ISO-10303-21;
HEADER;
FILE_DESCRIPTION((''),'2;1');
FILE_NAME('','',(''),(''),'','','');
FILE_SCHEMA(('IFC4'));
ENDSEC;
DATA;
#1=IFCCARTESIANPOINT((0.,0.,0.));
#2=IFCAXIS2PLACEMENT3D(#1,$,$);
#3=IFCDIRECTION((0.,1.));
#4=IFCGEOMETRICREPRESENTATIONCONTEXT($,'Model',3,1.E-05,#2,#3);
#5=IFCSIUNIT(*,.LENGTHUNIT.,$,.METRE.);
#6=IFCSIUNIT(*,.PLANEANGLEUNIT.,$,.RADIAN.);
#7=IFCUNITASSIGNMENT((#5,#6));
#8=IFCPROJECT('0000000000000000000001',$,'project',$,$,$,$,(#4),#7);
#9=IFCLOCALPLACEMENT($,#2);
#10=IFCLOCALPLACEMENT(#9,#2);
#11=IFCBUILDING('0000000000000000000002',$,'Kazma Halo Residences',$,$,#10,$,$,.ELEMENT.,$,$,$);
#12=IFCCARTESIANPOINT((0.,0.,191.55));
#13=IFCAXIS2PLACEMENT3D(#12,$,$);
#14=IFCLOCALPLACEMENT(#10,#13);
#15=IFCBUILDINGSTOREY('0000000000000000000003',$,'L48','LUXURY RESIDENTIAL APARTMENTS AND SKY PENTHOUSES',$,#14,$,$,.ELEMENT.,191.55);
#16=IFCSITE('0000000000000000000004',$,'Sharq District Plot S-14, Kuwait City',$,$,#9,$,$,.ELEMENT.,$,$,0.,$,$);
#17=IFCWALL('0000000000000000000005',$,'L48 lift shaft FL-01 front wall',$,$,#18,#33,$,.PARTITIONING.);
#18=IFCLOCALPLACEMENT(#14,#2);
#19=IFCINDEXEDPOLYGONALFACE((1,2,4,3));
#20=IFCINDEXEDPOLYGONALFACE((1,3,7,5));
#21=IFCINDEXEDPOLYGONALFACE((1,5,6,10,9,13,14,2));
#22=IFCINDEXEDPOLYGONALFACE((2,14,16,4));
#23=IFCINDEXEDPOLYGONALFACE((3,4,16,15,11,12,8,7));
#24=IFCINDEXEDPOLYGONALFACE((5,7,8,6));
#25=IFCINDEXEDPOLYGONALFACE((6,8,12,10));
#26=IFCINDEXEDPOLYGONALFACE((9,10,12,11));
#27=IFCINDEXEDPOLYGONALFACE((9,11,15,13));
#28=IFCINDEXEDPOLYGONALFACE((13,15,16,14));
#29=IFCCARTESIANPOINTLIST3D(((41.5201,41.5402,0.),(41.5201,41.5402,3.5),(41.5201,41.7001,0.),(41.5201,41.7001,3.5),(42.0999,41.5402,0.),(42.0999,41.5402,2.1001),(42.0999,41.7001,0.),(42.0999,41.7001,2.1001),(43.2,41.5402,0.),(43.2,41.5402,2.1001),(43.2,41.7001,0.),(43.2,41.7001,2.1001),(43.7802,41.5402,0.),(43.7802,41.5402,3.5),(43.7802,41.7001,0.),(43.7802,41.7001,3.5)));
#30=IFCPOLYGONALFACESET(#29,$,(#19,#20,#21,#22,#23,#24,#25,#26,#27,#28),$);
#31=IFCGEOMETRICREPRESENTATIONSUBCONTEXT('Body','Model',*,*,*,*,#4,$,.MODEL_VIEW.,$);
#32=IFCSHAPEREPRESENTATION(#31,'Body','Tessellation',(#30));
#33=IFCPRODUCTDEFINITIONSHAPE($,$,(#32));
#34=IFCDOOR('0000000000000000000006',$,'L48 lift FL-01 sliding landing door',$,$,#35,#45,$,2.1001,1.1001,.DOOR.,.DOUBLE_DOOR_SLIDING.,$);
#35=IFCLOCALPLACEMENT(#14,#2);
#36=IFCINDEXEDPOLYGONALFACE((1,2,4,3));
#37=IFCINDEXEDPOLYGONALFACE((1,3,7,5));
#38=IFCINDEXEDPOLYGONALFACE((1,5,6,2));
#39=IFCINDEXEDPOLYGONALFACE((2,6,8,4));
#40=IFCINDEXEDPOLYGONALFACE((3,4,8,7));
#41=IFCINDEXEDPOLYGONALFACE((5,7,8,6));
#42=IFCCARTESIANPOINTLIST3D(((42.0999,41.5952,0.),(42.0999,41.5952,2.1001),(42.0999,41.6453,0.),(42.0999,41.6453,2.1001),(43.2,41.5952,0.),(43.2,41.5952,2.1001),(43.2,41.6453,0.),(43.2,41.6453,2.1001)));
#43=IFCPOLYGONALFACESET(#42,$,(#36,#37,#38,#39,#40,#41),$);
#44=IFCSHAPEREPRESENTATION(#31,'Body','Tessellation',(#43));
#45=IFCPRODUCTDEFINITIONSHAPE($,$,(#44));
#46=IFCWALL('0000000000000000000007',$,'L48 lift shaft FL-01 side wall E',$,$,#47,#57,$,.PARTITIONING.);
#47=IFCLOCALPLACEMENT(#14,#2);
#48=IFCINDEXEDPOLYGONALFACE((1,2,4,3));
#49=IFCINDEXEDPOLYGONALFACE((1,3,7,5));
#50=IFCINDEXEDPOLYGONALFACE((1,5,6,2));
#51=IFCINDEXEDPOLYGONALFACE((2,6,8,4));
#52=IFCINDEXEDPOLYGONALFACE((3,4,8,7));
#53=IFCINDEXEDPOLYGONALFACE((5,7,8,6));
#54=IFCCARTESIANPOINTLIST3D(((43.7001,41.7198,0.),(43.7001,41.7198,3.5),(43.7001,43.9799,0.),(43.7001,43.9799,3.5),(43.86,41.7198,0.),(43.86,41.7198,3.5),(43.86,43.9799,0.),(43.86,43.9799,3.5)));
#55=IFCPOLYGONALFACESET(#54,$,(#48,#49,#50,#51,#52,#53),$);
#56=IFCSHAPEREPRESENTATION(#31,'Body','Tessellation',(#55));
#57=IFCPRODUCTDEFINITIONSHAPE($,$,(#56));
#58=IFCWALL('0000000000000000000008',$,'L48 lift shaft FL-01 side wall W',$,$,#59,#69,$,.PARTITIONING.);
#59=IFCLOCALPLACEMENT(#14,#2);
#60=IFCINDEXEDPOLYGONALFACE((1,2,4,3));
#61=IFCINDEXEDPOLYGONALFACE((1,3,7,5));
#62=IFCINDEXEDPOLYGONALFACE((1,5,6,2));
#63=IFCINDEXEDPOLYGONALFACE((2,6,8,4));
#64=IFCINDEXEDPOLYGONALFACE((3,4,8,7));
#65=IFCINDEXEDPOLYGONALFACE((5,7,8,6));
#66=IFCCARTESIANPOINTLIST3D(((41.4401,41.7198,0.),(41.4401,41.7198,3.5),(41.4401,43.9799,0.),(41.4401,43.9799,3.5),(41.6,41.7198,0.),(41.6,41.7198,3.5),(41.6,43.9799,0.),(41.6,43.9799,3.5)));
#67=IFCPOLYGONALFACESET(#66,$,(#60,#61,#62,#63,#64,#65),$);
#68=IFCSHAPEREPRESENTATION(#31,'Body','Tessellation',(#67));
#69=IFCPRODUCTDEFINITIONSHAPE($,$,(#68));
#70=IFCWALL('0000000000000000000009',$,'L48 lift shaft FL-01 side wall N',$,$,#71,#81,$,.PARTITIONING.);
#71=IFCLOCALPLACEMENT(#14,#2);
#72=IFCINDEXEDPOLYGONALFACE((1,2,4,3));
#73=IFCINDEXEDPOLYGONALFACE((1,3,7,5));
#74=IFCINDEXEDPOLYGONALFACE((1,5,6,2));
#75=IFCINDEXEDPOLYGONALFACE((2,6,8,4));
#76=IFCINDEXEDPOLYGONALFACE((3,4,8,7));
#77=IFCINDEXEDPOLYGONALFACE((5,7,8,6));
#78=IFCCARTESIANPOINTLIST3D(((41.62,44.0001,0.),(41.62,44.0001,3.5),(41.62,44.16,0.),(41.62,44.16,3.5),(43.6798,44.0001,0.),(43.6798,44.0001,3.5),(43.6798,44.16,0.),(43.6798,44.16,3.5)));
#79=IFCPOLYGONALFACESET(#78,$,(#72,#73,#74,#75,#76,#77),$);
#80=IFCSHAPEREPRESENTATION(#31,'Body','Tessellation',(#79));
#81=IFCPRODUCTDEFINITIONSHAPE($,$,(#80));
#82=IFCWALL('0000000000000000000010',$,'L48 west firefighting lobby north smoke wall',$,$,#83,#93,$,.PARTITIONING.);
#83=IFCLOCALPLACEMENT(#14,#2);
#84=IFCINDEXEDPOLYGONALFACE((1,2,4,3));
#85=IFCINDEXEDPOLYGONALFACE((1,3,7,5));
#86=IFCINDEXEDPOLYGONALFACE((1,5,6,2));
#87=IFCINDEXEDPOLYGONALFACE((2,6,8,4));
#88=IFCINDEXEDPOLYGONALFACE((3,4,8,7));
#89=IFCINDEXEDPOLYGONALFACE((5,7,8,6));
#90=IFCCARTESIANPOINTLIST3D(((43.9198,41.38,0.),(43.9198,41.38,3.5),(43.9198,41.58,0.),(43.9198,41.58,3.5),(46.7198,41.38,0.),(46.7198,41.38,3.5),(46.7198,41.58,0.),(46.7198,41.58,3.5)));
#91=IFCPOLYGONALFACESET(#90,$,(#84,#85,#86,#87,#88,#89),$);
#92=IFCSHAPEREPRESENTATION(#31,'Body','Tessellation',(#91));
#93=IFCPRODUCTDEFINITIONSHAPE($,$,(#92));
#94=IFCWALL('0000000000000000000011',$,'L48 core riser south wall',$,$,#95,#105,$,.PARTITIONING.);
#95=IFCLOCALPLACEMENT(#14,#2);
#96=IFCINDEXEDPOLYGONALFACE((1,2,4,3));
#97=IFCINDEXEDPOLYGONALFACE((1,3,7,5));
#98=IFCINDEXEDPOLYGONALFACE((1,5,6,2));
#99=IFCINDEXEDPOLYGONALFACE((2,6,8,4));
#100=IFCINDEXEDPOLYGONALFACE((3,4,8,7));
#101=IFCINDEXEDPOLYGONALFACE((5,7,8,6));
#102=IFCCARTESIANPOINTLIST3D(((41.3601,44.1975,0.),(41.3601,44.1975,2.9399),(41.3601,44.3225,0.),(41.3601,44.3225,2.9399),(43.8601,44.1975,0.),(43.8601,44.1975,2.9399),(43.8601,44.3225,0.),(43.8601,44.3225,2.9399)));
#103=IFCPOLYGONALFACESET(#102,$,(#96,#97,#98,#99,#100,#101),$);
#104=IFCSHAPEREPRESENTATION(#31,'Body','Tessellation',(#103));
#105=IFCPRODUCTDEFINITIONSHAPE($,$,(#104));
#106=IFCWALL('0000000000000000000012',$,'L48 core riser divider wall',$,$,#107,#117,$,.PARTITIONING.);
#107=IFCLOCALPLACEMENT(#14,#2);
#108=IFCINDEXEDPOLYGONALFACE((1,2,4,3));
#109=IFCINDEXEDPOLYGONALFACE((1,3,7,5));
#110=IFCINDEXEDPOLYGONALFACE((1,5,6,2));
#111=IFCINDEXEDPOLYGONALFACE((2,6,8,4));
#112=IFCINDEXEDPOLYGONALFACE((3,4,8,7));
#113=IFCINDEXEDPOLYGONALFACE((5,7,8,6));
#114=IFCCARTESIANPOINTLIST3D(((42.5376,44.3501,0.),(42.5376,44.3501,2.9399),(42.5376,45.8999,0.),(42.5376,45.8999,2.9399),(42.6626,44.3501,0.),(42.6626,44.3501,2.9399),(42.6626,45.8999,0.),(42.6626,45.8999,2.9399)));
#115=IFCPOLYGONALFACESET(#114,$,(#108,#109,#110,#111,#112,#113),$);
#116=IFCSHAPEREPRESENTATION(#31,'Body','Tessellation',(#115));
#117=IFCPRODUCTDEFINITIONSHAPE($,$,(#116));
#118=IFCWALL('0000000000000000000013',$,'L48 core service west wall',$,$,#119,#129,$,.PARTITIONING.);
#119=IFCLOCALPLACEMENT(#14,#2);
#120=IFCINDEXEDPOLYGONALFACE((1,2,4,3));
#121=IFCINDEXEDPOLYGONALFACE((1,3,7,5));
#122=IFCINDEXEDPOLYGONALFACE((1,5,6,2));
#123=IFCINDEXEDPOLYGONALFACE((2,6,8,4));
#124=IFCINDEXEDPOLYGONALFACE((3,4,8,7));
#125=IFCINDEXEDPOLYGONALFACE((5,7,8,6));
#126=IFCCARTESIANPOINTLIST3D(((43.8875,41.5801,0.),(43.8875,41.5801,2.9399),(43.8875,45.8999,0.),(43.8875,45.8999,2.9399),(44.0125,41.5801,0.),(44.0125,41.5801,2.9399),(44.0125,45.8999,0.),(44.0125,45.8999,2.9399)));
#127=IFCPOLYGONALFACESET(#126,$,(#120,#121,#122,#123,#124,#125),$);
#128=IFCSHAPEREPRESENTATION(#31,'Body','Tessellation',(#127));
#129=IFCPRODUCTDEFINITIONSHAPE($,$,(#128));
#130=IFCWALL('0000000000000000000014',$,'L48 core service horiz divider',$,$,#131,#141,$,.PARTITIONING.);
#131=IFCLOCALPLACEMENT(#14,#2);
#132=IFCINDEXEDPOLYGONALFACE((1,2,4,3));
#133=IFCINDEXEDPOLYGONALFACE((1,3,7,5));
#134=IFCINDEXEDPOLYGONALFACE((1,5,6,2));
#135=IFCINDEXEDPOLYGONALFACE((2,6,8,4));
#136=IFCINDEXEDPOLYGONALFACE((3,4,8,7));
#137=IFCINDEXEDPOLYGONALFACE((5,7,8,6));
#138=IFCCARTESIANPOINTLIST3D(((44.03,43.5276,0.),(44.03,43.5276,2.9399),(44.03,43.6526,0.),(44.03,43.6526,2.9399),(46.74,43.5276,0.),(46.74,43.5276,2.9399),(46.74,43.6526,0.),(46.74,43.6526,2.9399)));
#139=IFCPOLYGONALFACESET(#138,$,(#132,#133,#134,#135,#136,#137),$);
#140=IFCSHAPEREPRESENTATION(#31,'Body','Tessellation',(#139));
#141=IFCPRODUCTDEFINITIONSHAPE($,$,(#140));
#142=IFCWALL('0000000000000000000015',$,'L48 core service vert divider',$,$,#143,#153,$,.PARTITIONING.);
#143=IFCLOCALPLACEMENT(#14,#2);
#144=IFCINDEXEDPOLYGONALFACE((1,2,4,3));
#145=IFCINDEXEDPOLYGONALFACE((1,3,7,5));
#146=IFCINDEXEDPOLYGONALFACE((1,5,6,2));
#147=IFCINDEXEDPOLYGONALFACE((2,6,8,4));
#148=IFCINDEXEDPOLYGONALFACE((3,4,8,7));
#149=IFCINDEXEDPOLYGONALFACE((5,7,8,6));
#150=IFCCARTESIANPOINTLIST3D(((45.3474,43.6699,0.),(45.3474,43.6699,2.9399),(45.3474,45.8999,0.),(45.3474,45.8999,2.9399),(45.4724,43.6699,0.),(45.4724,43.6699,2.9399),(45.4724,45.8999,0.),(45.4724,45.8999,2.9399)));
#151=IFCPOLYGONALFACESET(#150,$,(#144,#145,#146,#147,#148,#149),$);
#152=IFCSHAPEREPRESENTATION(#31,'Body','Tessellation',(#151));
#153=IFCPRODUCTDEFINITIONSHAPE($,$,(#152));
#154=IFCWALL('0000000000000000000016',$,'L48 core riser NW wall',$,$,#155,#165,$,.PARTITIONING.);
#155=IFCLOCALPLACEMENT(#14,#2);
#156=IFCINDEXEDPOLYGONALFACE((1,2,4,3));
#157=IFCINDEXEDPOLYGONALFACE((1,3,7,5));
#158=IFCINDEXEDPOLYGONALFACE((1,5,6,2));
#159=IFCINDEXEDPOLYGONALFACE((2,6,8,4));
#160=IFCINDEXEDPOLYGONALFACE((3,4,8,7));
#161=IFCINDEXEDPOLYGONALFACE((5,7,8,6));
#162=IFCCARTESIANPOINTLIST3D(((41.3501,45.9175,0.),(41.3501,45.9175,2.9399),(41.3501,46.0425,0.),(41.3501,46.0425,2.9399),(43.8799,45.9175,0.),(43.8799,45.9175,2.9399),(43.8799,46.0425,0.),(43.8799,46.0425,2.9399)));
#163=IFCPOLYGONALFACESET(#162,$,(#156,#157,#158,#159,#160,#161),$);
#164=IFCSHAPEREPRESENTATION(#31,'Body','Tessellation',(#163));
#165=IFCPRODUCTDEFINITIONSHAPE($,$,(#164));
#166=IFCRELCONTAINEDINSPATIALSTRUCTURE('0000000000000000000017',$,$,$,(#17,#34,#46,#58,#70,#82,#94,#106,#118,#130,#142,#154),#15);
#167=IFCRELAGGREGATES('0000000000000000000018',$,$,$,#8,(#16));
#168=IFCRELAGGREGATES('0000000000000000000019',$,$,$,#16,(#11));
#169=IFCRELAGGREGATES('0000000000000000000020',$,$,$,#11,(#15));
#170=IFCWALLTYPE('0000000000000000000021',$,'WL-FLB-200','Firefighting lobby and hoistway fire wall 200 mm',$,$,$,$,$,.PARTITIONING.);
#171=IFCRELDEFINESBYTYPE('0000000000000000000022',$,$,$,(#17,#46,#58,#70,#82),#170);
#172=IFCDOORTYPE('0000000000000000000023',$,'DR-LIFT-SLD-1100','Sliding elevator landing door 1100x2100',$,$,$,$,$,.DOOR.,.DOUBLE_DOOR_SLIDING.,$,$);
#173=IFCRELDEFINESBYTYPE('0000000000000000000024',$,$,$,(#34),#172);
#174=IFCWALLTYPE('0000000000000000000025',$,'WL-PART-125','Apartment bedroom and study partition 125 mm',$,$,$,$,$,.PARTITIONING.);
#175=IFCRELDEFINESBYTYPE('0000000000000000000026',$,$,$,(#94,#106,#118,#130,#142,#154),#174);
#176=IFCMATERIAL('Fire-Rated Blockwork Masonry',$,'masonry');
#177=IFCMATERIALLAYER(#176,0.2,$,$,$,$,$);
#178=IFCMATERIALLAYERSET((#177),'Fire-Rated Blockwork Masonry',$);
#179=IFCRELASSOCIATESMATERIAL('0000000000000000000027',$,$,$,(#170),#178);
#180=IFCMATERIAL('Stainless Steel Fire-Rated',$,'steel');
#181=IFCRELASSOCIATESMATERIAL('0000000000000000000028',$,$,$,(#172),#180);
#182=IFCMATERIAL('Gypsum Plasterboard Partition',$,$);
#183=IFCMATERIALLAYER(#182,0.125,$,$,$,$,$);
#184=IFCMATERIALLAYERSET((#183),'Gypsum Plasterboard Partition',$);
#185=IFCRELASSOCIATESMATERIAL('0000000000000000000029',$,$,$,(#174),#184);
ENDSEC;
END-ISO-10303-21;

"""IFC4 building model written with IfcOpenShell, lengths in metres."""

from ifc_helpers import new_model, si_unit, direction, frame, frame_2d, origin, place, context, subcontext, project, spatial, rectangle, extrude, material, layer, layer_set, type_object, element, fill, save


model = new_model("IFC4")

# Units and contexts
model_context = context("Model", 3, precision=1e-05, world=origin(), true_north=direction((0.0, 1.0)))
body_context = subcontext(model_context, "Body", "Model", "MODEL_VIEW")
ifc_project = project(units=[si_unit("LENGTHUNIT", "METRE"), si_unit("PLANEANGLEUNIT", "RADIAN")], contexts=[model_context])

# Site, building, storey
site_placement = place(None, origin())
site = spatial("IfcSite", under=ifc_project, at=site_placement, Name="Sharq District Plot S-14, Kuwait City", CompositionType="ELEMENT", RefElevation=0.0)
building_placement = place(site_placement, origin())
building = spatial("IfcBuilding", under=site, at=building_placement, Name="Kazma Halo Residences", CompositionType="ELEMENT")
storey_placement = place(building_placement, frame((0.0, 0.0, 191.55)))
storey = spatial("IfcBuildingStorey", under=building, at=storey_placement, Name="L48", Description="LUXURY RESIDENTIAL APARTMENTS AND SKY PENTHOUSES", CompositionType="ELEMENT", Elevation=191.55)

# Wall, opening, door
ifc_material_1 = material(Name="Fire-Rated Blockwork Masonry", Category="masonry")
ifc_layer_1 = layer(ifc_material_1, 0.2)
ifc_layer_set_1 = layer_set([ifc_layer_1], Name="Fire-Rated Blockwork Masonry")
wall_type_1 = type_object("IfcWallType", Name="WL-FLB-200", Description="Firefighting lobby and hoistway fire wall 200 mm", PredefinedType="PARTITIONING", material=ifc_layer_set_1)
ifc_material_2 = material(Name="Stainless Steel Fire-Rated", Category="steel")
door_type_1 = type_object("IfcDoorType", Name="DR-LIFT-SLD-1100", Description="Sliding elevator landing door 1100x2100", OperationType="DOUBLE_DOOR_SLIDING", PredefinedType="DOOR", material=ifc_material_2)
wall_1_placement = place(storey_placement, frame((43.78, 41.6201, 0.0), z_axis=(0.0, 0.0, 1.0), x_axis=(-1.0, 0.0, 0.0)))
wall_1 = element("IfcWall", 1, at=wall_1_placement, inside=storey, type_object=wall_type_1, Name="L48 lift shaft FL-01 front wall", PredefinedType="PARTITIONING", context=body_context, shape_type="SweptSolid", body=[
    extrude(rectangle(XDim=2.26, YDim=0.1599, at=frame_2d((1.1299, 0.0))), origin(), (0.0, 0.0, 1.0), 3.5),
])
opening_1_placement = place(wall_1_placement, frame((0.5801, 0.0, 0.0)))
opening_1 = element("IfcOpeningElement", 2, at=opening_1_placement, cuts=wall_1, PredefinedType="OPENING", context=body_context, shape_type="SweptSolid", body=[
    extrude(rectangle(XDim=1.1001, YDim=2.1001, at=frame_2d((0.55, 1.05))), frame((0.0, 0.0898, 0.0), z_axis=(0.0, -1.0, 0.0), x_axis=(1.0, 0.0, 0.0)), (0.0, 0.0, 1.0), 0.1799),
])
door_1_placement = place(opening_1_placement, origin())
door_1 = element("IfcDoor", 3, at=door_1_placement, inside=storey, type_object=door_type_1, Name="L48 lift FL-01 sliding landing door", OperationType="DOUBLE_DOOR_SLIDING", OverallHeight=2.1001, OverallWidth=1.1001, PredefinedType="DOOR", context=body_context, shape_type="SweptSolid", body=[
    extrude(rectangle(XDim=1.1001, YDim=2.1001, at=frame_2d((0.55, 1.05))), frame((0.0, 0.0249, 0.0), z_axis=(0.0, -1.0, 0.0), x_axis=(1.0, 0.0, 0.0)), (0.0, 0.0, 1.0), 0.05),
])
fill(opening_1, door_1)

# Walls
for number, where, z_axis, x_axis, name in (
    (4, (43.78, 41.72, 0.0), (0.0, 0.0, 1.0), (0.0, 1.0, 0.0), "L48 lift shaft FL-01 side wall E"),
    (5, (41.52, 41.72, 0.0), (0.0, 0.0, 1.0), (0.0, 1.0, 0.0), "L48 lift shaft FL-01 side wall W"),
):
    element("IfcWall", number, at=place(storey_placement, frame(where, z_axis=z_axis, x_axis=x_axis)), inside=storey, type_object=wall_type_1, Name=name, PredefinedType="PARTITIONING", context=body_context, shape_type="SweptSolid", body=[
        extrude(rectangle(XDim=2.26, YDim=0.1599, at=frame_2d((1.1299, 0.0))), origin(), (0.0, 0.0, 1.0), 3.5),
    ])
wall_2_placement = place(storey_placement, frame((41.6201, 44.0801, 0.0), z_axis=(0.0, 0.0, 1.0), x_axis=(1.0, 0.0, 0.0)))
element("IfcWall", 6, at=wall_2_placement, inside=storey, type_object=wall_type_1, Name="L48 lift shaft FL-01 side wall N", PredefinedType="PARTITIONING", context=body_context, shape_type="SweptSolid", body=[
    extrude(rectangle(XDim=2.0598, YDim=0.1599, at=frame_2d((1.0298, 0.0))), origin(), (0.0, 0.0, 1.0), 3.5),
])
wall_3_placement = place(storey_placement, frame((43.9199, 41.48, 0.0), z_axis=(0.0, 0.0, 1.0), x_axis=(1.0, 0.0, 0.0)))
element("IfcWall", 7, at=wall_3_placement, inside=storey, type_object=wall_type_1, Name="L48 west firefighting lobby north smoke wall", PredefinedType="PARTITIONING", context=body_context, shape_type="SweptSolid", body=[
    extrude(rectangle(XDim=2.8, YDim=0.2, at=frame_2d((1.3999, 0.0))), origin(), (0.0, 0.0, 1.0), 3.5),
])
ifc_material_3 = material(Name="Gypsum Plasterboard Partition")
ifc_layer_2 = layer(ifc_material_3, 0.125)
ifc_layer_set_2 = layer_set([ifc_layer_2], Name="Gypsum Plasterboard Partition")
wall_type_2 = type_object("IfcWallType", Name="WL-PART-125", Description="Apartment bedroom and study partition 125 mm", PredefinedType="PARTITIONING", material=ifc_layer_set_2)
wall_4_placement = place(storey_placement, frame((41.3601, 44.26, 0.0), z_axis=(0.0, 0.0, 1.0), x_axis=(1.0, 0.0, 0.0)))
element("IfcWall", 8, at=wall_4_placement, inside=storey, type_object=wall_type_2, Name="L48 core riser south wall", PredefinedType="PARTITIONING", context=body_context, shape_type="SweptSolid", body=[
    extrude(rectangle(XDim=2.5, YDim=0.125, at=frame_2d((1.25, 0.0))), origin(), (0.0, 0.0, 1.0), 2.9399),
])
wall_5_placement = place(storey_placement, frame((42.6001, 44.3501, 0.0), z_axis=(0.0, 0.0, 1.0), x_axis=(0.0, 1.0, 0.0)))
element("IfcWall", 9, at=wall_5_placement, inside=storey, type_object=wall_type_2, Name="L48 core riser divider wall", PredefinedType="PARTITIONING", context=body_context, shape_type="SweptSolid", body=[
    extrude(rectangle(XDim=1.5498, YDim=0.125, at=frame_2d((0.7749, 0.0))), origin(), (0.0, 0.0, 1.0), 2.9399),
])
wall_6_placement = place(storey_placement, frame((43.95, 41.5801, 0.0), z_axis=(0.0, 0.0, 1.0), x_axis=(0.0, 1.0, 0.0)))
element("IfcWall", 10, at=wall_6_placement, inside=storey, type_object=wall_type_2, Name="L48 core service west wall", PredefinedType="PARTITIONING", context=body_context, shape_type="SweptSolid", body=[
    extrude(rectangle(XDim=4.3198, YDim=0.125, at=frame_2d((2.1599, 0.0))), origin(), (0.0, 0.0, 1.0), 2.9399),
])
wall_7_placement = place(storey_placement, frame((44.03, 43.5901, 0.0), z_axis=(0.0, 0.0, 1.0), x_axis=(1.0, 0.0, 0.0)))
element("IfcWall", 11, at=wall_7_placement, inside=storey, type_object=wall_type_2, Name="L48 core service horiz divider", PredefinedType="PARTITIONING", context=body_context, shape_type="SweptSolid", body=[
    extrude(rectangle(XDim=2.71, YDim=0.125, at=frame_2d((1.355, 0.0))), origin(), (0.0, 0.0, 1.0), 2.9399),
])
wall_8_placement = place(storey_placement, frame((45.4099, 43.6699, 0.0), z_axis=(0.0, 0.0, 1.0), x_axis=(0.0, 1.0, 0.0)))
element("IfcWall", 12, at=wall_8_placement, inside=storey, type_object=wall_type_2, Name="L48 core service vert divider", PredefinedType="PARTITIONING", context=body_context, shape_type="SweptSolid", body=[
    extrude(rectangle(XDim=2.23, YDim=0.125, at=frame_2d((1.115, 0.0))), origin(), (0.0, 0.0, 1.0), 2.9399),
])
wall_9_placement = place(storey_placement, frame((41.3501, 45.98, 0.0), z_axis=(0.0, 0.0, 1.0), x_axis=(1.0, 0.0, 0.0)))
element("IfcWall", 13, at=wall_9_placement, inside=storey, type_object=wall_type_2, Name="L48 core riser NW wall", PredefinedType="PARTITIONING", context=body_context, shape_type="SweptSolid", body=[
    extrude(rectangle(XDim=2.5298, YDim=0.125, at=frame_2d((1.2649, 0.0))), origin(), (0.0, 0.0, 1.0), 2.9399),
])

save(model, "model.ifc")
